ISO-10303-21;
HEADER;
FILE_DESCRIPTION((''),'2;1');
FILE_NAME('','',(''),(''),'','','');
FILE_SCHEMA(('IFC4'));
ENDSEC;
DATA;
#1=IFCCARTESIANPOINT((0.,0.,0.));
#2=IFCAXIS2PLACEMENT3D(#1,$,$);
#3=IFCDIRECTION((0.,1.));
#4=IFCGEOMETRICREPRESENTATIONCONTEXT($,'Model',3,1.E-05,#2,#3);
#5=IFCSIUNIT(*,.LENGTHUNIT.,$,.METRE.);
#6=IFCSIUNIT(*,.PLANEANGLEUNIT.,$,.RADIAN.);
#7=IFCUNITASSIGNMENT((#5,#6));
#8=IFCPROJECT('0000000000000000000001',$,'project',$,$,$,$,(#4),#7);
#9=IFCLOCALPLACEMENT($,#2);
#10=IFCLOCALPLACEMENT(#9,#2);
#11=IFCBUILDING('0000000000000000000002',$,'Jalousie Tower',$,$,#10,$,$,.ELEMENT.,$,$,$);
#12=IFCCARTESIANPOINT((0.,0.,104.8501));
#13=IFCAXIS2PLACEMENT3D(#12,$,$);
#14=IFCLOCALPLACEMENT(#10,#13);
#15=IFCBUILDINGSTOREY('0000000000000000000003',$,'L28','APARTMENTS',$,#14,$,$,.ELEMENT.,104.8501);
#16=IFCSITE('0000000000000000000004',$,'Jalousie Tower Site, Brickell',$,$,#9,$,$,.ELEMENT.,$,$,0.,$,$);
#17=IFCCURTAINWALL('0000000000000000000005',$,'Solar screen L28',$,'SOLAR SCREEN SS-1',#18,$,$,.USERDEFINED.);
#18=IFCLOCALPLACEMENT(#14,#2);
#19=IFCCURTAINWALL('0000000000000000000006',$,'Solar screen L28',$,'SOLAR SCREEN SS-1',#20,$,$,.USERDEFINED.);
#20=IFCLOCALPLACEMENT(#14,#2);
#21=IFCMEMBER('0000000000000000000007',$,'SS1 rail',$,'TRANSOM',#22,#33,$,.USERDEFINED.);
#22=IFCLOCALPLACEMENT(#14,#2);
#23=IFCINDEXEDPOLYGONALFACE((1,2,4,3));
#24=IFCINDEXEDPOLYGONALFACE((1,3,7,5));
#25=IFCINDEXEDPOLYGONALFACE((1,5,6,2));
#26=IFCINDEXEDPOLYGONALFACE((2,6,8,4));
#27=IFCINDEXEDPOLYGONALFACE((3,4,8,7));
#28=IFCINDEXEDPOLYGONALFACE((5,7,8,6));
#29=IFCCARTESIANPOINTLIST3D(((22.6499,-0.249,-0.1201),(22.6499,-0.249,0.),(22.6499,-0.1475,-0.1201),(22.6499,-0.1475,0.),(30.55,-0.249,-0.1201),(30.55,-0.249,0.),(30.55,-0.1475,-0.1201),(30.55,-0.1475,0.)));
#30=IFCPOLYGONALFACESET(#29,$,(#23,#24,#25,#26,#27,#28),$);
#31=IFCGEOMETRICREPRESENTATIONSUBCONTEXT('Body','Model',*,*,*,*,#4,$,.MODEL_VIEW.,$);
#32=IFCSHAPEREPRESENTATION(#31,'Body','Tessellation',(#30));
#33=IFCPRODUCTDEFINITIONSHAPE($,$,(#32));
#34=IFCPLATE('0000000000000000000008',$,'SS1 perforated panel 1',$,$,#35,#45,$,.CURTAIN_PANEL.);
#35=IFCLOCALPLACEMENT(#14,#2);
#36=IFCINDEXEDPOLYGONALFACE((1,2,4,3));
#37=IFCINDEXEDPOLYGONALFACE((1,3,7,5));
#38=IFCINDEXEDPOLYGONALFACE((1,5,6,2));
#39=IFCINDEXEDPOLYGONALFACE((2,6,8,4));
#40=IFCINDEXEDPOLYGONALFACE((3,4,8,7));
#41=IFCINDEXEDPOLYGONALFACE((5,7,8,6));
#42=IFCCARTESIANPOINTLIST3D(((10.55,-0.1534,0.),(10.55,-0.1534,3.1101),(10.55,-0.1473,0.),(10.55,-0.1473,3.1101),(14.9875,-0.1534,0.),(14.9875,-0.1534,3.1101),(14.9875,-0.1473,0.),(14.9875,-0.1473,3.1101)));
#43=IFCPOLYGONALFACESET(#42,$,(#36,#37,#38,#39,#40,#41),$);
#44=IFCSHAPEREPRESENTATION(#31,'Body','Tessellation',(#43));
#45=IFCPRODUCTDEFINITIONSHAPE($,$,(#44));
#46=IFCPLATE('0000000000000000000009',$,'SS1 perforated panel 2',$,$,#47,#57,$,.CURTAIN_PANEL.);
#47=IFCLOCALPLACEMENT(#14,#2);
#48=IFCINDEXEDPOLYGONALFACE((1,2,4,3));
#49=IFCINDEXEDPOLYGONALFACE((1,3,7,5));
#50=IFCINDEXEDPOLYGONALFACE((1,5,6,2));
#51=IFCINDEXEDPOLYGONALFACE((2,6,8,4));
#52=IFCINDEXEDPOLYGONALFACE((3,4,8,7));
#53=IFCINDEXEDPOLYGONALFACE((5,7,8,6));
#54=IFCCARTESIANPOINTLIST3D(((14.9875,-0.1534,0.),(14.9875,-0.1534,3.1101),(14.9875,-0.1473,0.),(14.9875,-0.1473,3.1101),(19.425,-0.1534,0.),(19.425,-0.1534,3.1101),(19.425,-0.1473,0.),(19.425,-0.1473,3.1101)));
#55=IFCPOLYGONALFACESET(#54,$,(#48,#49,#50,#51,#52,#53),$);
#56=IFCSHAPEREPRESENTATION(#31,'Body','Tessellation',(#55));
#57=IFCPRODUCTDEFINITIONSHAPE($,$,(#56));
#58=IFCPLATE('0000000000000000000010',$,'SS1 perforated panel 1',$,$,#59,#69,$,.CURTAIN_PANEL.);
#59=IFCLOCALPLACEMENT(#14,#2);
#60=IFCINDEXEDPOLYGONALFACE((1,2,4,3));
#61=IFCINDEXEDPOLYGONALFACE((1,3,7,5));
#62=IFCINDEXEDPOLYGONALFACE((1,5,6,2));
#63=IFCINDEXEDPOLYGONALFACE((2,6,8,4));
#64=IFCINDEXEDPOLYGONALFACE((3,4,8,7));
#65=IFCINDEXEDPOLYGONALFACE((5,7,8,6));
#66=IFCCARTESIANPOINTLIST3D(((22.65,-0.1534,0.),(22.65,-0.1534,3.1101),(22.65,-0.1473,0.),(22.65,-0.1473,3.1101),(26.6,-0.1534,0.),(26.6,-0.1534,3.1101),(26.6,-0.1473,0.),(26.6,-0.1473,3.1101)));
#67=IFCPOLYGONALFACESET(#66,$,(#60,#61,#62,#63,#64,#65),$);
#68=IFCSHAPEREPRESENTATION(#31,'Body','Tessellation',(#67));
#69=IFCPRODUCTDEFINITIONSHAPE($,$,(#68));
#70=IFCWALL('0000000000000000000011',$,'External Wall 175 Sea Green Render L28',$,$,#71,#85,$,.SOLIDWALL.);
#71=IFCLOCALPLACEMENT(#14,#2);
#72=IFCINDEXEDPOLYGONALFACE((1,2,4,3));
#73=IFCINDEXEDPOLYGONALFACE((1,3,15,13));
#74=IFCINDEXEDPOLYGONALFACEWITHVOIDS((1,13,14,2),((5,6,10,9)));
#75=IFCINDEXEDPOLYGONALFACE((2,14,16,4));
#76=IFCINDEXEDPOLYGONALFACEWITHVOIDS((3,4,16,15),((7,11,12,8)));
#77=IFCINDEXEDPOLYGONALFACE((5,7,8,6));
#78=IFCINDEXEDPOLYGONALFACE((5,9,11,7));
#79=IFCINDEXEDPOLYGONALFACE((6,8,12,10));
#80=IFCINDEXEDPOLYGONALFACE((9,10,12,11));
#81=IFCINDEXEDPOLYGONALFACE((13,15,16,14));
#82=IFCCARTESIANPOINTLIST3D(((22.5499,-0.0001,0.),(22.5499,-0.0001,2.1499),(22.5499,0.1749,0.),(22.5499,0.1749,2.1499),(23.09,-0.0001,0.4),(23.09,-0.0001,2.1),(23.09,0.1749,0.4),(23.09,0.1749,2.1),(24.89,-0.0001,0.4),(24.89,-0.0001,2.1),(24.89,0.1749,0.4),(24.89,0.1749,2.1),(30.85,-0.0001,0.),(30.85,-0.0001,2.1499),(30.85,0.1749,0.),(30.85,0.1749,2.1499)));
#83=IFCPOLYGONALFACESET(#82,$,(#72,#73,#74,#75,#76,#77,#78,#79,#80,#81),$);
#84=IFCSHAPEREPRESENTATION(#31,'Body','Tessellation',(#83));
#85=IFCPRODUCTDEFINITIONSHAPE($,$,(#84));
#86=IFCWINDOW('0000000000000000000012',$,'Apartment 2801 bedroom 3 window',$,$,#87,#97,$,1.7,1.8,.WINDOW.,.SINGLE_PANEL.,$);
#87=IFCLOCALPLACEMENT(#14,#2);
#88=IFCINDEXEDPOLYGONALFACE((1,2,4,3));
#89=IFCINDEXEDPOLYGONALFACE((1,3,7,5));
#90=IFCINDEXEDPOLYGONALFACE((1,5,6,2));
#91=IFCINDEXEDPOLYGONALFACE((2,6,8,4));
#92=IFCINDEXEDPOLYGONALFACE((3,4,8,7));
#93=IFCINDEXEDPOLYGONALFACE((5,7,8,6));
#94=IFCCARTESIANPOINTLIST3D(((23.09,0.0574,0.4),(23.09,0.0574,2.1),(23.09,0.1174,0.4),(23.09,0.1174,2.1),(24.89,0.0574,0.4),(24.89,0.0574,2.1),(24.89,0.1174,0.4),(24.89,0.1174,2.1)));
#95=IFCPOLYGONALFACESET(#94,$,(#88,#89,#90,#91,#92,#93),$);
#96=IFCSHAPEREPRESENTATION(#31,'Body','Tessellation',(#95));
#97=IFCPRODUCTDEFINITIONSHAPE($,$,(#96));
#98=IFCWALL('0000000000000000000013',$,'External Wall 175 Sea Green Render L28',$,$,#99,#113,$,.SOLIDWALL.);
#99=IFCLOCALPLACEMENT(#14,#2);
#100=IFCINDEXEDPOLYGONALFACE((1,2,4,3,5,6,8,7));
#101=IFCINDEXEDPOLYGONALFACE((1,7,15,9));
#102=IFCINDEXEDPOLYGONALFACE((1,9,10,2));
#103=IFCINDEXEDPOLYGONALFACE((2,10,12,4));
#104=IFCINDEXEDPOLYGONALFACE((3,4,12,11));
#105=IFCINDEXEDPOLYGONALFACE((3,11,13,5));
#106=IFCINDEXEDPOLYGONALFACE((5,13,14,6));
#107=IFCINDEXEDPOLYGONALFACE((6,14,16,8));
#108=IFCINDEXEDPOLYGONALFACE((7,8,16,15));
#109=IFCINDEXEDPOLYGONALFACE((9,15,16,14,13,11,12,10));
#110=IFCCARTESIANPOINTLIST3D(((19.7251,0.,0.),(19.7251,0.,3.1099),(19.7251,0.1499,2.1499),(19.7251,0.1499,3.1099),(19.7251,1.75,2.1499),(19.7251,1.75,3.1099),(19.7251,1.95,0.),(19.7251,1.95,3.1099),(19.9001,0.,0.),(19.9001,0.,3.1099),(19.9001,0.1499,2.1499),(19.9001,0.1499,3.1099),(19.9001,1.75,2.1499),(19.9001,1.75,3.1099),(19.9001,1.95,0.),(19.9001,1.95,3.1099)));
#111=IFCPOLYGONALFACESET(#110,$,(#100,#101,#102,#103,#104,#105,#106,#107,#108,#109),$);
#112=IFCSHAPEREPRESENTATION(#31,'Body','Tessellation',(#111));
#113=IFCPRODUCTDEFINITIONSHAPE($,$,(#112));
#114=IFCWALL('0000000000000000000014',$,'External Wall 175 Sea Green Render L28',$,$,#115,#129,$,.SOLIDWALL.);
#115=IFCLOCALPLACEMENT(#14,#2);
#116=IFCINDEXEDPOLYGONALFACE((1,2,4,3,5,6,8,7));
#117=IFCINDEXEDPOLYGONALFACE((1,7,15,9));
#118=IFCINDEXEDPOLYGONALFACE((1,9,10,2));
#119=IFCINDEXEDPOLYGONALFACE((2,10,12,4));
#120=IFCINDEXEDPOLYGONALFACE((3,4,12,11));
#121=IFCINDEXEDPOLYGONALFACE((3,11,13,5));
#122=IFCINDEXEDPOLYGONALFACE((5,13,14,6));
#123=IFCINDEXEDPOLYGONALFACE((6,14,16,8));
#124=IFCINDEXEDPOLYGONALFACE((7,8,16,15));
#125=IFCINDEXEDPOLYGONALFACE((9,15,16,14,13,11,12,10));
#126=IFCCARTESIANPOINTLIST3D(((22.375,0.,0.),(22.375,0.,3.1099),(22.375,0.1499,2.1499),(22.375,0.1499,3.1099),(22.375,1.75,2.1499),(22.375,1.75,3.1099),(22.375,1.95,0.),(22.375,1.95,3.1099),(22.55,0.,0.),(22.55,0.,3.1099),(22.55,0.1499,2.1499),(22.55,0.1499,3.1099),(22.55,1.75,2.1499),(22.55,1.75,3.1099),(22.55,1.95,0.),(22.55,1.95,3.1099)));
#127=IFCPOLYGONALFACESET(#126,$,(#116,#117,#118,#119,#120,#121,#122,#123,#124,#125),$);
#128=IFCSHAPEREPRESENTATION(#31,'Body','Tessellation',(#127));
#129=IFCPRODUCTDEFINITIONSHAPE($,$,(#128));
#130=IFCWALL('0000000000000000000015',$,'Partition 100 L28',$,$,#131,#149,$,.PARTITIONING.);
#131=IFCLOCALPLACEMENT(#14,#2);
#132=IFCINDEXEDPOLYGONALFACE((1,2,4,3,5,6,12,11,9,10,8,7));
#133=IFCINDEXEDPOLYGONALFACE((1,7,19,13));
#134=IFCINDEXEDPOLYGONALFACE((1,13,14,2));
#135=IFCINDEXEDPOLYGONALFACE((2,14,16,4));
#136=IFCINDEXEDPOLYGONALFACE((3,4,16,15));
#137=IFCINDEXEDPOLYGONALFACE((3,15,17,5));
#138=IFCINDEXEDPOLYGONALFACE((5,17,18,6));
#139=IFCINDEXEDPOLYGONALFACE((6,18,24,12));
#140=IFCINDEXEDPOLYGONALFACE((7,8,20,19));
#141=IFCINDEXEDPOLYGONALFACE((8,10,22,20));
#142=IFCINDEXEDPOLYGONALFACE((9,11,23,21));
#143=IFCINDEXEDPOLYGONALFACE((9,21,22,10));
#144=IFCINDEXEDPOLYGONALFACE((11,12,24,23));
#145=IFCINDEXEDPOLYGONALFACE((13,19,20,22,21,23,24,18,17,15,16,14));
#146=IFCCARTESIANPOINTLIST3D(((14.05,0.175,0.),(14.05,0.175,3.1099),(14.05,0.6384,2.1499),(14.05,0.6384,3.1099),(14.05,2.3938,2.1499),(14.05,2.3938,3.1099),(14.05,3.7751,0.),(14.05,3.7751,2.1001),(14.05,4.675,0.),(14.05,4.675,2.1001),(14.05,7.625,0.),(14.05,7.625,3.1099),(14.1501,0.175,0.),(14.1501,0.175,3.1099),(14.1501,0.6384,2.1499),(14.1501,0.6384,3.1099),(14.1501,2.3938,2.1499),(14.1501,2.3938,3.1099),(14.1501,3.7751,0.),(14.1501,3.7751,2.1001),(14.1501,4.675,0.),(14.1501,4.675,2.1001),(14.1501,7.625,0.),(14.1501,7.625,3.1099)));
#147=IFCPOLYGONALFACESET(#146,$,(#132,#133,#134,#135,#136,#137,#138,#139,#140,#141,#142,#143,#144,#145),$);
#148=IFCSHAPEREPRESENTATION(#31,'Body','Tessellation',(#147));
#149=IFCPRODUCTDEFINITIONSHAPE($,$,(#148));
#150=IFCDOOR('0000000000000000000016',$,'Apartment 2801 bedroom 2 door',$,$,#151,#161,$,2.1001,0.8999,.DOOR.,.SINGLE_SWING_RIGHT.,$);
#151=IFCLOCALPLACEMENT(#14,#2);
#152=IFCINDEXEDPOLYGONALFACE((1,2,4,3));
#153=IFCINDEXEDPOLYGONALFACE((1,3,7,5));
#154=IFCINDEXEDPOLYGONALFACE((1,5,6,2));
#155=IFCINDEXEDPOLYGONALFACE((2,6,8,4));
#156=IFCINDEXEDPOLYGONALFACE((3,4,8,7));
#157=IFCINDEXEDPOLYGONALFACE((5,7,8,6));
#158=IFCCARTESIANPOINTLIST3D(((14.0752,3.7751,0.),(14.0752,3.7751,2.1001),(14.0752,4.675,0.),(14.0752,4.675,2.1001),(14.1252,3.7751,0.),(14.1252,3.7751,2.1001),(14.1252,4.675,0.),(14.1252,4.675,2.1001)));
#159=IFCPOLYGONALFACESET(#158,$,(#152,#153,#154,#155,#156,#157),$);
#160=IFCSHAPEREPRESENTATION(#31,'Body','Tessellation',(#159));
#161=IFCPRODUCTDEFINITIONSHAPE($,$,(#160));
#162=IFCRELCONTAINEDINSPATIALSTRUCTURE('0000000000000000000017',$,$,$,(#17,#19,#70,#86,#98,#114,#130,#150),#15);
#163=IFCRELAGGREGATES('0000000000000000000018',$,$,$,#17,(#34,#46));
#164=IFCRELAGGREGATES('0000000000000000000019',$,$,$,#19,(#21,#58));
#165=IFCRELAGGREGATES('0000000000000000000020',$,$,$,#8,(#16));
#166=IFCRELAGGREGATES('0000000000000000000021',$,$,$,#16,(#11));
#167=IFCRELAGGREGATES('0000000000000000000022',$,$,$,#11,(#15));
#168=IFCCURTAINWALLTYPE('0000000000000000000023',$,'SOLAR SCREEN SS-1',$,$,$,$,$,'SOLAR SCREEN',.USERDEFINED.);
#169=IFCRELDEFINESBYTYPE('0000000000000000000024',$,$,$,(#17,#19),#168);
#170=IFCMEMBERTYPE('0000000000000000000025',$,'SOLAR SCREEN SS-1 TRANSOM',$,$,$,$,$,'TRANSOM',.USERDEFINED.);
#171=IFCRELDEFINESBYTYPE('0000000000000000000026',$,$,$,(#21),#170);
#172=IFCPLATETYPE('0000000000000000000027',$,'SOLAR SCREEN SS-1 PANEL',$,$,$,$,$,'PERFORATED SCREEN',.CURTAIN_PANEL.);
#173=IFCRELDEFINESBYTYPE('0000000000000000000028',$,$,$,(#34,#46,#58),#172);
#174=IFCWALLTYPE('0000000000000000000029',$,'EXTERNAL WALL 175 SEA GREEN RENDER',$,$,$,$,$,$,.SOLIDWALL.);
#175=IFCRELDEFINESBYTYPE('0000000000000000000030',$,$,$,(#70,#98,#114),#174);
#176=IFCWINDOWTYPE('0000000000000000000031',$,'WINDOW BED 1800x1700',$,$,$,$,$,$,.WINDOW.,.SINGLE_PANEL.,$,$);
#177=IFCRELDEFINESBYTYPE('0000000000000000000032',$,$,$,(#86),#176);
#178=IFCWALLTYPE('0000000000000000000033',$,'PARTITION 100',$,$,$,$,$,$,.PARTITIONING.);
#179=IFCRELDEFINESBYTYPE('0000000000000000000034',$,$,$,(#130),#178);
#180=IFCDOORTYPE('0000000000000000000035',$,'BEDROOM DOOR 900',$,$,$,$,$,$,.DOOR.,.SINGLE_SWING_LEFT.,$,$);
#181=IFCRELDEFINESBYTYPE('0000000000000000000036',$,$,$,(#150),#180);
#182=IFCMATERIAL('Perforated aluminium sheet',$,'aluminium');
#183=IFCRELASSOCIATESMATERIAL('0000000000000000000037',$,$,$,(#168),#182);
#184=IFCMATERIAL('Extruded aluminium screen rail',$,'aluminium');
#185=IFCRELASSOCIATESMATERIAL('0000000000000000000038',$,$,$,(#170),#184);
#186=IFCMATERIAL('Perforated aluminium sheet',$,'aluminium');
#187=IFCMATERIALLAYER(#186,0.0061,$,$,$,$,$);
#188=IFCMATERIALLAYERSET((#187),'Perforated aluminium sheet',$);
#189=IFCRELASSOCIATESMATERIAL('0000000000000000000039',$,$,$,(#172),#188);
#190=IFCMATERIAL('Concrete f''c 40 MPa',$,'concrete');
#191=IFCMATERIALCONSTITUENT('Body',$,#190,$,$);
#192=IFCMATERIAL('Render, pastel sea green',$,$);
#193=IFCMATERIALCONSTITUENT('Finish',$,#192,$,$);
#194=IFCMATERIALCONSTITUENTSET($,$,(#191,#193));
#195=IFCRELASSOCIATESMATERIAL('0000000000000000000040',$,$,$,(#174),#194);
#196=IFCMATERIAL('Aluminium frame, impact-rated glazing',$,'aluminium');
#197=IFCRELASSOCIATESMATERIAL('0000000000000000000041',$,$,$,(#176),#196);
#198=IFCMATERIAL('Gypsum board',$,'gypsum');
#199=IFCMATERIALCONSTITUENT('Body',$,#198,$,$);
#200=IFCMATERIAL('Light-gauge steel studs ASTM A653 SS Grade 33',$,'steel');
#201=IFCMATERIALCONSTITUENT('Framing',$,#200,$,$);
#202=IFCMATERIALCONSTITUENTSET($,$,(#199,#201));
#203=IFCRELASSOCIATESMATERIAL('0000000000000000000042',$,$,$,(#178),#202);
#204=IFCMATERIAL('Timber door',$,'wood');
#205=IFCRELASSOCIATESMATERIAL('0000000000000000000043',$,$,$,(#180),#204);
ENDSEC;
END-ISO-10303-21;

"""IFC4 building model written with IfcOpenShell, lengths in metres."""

from ifc_helpers import new_model, si_unit, direction, frame, frame_2d, origin, origin_2d, place, context, subcontext, project, spatial, polyline, rectangle, outline, extrude, material, layer, layer_set, constituent, constituent_set, material_profile, profile_set, type_object, element, fill, aggregate, save


model = new_model("IFC4")

# Units and contexts
model_context = context("Model", 3, precision=1e-05, world=origin(), true_north=direction((0.0, 1.0)))
body_context = subcontext(model_context, "Body", "Model", "MODEL_VIEW")
ifc_project = project(units=[si_unit("LENGTHUNIT", "METRE"), si_unit("PLANEANGLEUNIT", "RADIAN")], contexts=[model_context])

# Site, building, storey
site_placement = place(None, origin())
site = spatial("IfcSite", under=ifc_project, at=site_placement, Name="Jalousie Tower Site, Brickell", CompositionType="ELEMENT", RefElevation=0.0)
building_placement = place(site_placement, origin())
building = spatial("IfcBuilding", under=site, at=building_placement, Name="Jalousie Tower", CompositionType="ELEMENT")
storey_placement = place(building_placement, frame((0.0, 0.0, 104.8501)))
storey = spatial("IfcBuildingStorey", under=building, at=storey_placement, Name="L28", Description="APARTMENTS", CompositionType="ELEMENT", Elevation=104.8501)

# Curtain walls, member
ifc_material_1 = material(Name="Perforated aluminium sheet", Category="aluminium")
curtain_wall_type = type_object("IfcCurtainWallType", Name="SOLAR SCREEN SS-1", ElementType="SOLAR SCREEN", PredefinedType="USERDEFINED", material=ifc_material_1)
curtain_wall_1_placement = place(storey_placement, origin())
curtain_wall_1 = element("IfcCurtainWall", 1, at=curtain_wall_1_placement, inside=storey, type_object=curtain_wall_type, Name="Solar screen L28", ObjectType="SOLAR SCREEN SS-1", PredefinedType="USERDEFINED")
curtain_wall_2_placement = place(storey_placement, origin())
curtain_wall_2 = element("IfcCurtainWall", 2, at=curtain_wall_2_placement, inside=storey, type_object=curtain_wall_type, Name="Solar screen L28", ObjectType="SOLAR SCREEN SS-1", PredefinedType="USERDEFINED")
ifc_material_2 = material(Name="Extruded aluminium screen rail", Category="aluminium")
ifc_material_profile_1 = material_profile(ifc_material_2, rectangle(XDim=0.1016, YDim=0.1201, at=origin_2d()), Name="RAIL 102x120")
ifc_profile_set_1 = profile_set([ifc_material_profile_1], Name="Extruded aluminium screen rail")
member_type_1 = type_object("IfcMemberType", Name="SOLAR SCREEN SS-1 TRANSOM", ElementType="TRANSOM", PredefinedType="USERDEFINED", material=ifc_profile_set_1)
member_1_placement = place(storey_placement, frame((22.6499, -0.1982, -0.0601), z_axis=(1.0, 0.0, 0.0), x_axis=(0.0, 1.0, 0.0)))
member_1 = element("IfcMember", 3, at=member_1_placement, type_object=member_type_1, Name="SS1 rail", ObjectType="TRANSOM", PredefinedType="USERDEFINED", context=body_context, shape_type="SweptSolid", body=[
    extrude(rectangle(XDim=0.1016, YDim=0.1201, at=origin_2d()), origin(), (0.0, 0.0, 1.0), 7.9001),
])

# Plates
ifc_material_3 = material(Name="Perforated aluminium sheet", Category="aluminium")
ifc_layer_1 = layer(ifc_material_3, 0.0061)
ifc_layer_set_1 = layer_set([ifc_layer_1], Name="Perforated aluminium sheet")
plate_type = type_object("IfcPlateType", Name="SOLAR SCREEN SS-1 PANEL", ElementType="PERFORATED SCREEN", PredefinedType="CURTAIN_PANEL", material=ifc_layer_set_1)
plate_1_placement = place(storey_placement, frame((12.7688, -0.1504, 0.0), z_axis=(0.0, 0.0, 1.0), x_axis=(1.0, 0.0, 0.0)))
plate_1 = element("IfcPlate", 4, at=plate_1_placement, type_object=plate_type, Name="SS1 perforated panel 1", PredefinedType="CURTAIN_PANEL", context=body_context, shape_type="SweptSolid", body=[
    extrude(rectangle(XDim=4.4375, YDim=0.0061, at=origin_2d()), origin(), (0.0, 0.0, 1.0), 3.1101),
])
plate_2_placement = place(storey_placement, frame((17.2063, -0.1504, 0.0), z_axis=(0.0, 0.0, 1.0), x_axis=(1.0, 0.0, 0.0)))
plate_2 = element("IfcPlate", 5, at=plate_2_placement, type_object=plate_type, Name="SS1 perforated panel 2", PredefinedType="CURTAIN_PANEL", context=body_context, shape_type="SweptSolid", body=[
    extrude(rectangle(XDim=4.4375, YDim=0.0061, at=origin_2d()), origin(), (0.0, 0.0, 1.0), 3.1101),
])
aggregate(curtain_wall_1, [plate_1, plate_2])
plate_3_placement = place(storey_placement, frame((24.625, -0.1504, 0.0), z_axis=(0.0, 0.0, 1.0), x_axis=(1.0, 0.0, 0.0)))
plate_3 = element("IfcPlate", 6, at=plate_3_placement, type_object=plate_type, Name="SS1 perforated panel 1", PredefinedType="CURTAIN_PANEL", context=body_context, shape_type="SweptSolid", body=[
    extrude(rectangle(XDim=3.95, YDim=0.0061, at=origin_2d()), origin(), (0.0, 0.0, 1.0), 3.1101),
])
aggregate(curtain_wall_2, [member_1, plate_3])

# Wall, opening, window
ifc_material_4 = material(Name="Concrete f'c 40 MPa", Category="concrete")
ifc_constituent_1 = constituent(ifc_material_4, Name="Body")
ifc_material_5 = material(Name="Render, pastel sea green")
ifc_constituent_2 = constituent(ifc_material_5, Name="Finish")
ifc_constituent_set_1 = constituent_set(constituents=[ifc_constituent_1, ifc_constituent_2])
wall_type_1 = type_object("IfcWallType", Name="EXTERNAL WALL 175 SEA GREEN RENDER", PredefinedType="SOLIDWALL", material=ifc_constituent_set_1)
wall_1_placement = place(storey_placement, frame((22.55, 0.0874, 0.0), z_axis=(0.0, 0.0, 1.0), x_axis=(1.0, 0.0, 0.0)))
wall_1 = element("IfcWall", 7, at=wall_1_placement, inside=storey, type_object=wall_type_1, Name="External Wall 175 Sea Green Render L28", PredefinedType="SOLIDWALL", context=body_context, shape_type="SweptSolid", body=[
    extrude(rectangle(XDim=8.3, YDim=0.175, at=frame_2d((4.1499, 0.0))), origin(), (0.0, 0.0, 1.0), 2.1499),
])
opening_1_placement = place(wall_1_placement, frame((0.54, 0.0, 0.3999)))
opening_1 = element("IfcOpeningElement", 8, at=opening_1_placement, cuts=wall_1, PredefinedType="OPENING", context=body_context, shape_type="SweptSolid", body=[
    extrude(rectangle(XDim=1.8, YDim=1.7, at=frame_2d((0.8999, 0.8501))), frame((0.0, 0.0974, 0.0), z_axis=(0.0, -1.0, 0.0), x_axis=(1.0, 0.0, 0.0)), (0.0, 0.0, 1.0), 0.1951),
])
ifc_material_6 = material(Name="Aluminium frame, impact-rated glazing", Category="aluminium")
window_type = type_object("IfcWindowType", Name="WINDOW BED 1800x1700", PartitioningType="SINGLE_PANEL", PredefinedType="WINDOW", material=ifc_material_6)
window_placement = place(opening_1_placement, origin())
window = element("IfcWindow", 9, at=window_placement, inside=storey, type_object=window_type, Name="Apartment 2801 bedroom 3 window", OverallHeight=1.7, OverallWidth=1.8, PartitioningType="SINGLE_PANEL", PredefinedType="WINDOW", context=body_context, shape_type="SweptSolid", body=[
    extrude(rectangle(XDim=1.8, YDim=1.7, at=frame_2d((0.8999, 0.8501))), frame((0.0, 0.03, 0.0), z_axis=(0.0, -1.0, 0.0), x_axis=(1.0, 0.0, 0.0)), (0.0, 0.0, 1.0), 0.0601),
])
fill(opening_1, window)

# Walls
for number, where, z_axis, x_axis, name in (
    (10, (19.8125, 0.0, 0.0), (0.0, 0.0, 1.0), (0.0, 1.0, 0.0), "External Wall 175 Sea Green Render L28"),
    (11, (22.4624, 0.0, 0.0), (0.0, 0.0, 1.0), (0.0, 1.0, 0.0), "External Wall 175 Sea Green Render L28"),
):
    element("IfcWall", number, at=place(storey_placement, frame(where, z_axis=z_axis, x_axis=x_axis)), inside=storey, type_object=wall_type_1, Name=name, PredefinedType="SOLIDWALL", context=body_context, shape_type="SweptSolid", body=[
        extrude(outline(polyline([(0.0, 0.0), (1.95, 0.0), (1.95, 3.1099), (1.75, 3.1099), (1.75, 2.1499), (0.1499, 2.1499), (0.1499, 3.1099), (0.0, 3.1099), (0.0, 0.0)])), frame((0.0, 0.0874, 0.0), z_axis=(0.0, -1.0, 0.0), x_axis=(1.0, 0.0, 0.0)), (0.0, 0.0, 1.0), 0.175),
    ])

# Wall, opening, door
ifc_material_7 = material(Name="Gypsum board", Category="gypsum")
ifc_constituent_3 = constituent(ifc_material_7, Name="Body")
ifc_material_8 = material(Name="Light-gauge steel studs ASTM A653 SS Grade 33", Category="steel")
ifc_constituent_4 = constituent(ifc_material_8, Name="Framing")
ifc_constituent_set_2 = constituent_set(constituents=[ifc_constituent_3, ifc_constituent_4])
wall_type_2 = type_object("IfcWallType", Name="PARTITION 100", PredefinedType="PARTITIONING", material=ifc_constituent_set_2)
wall_2_placement = place(storey_placement, frame((14.1001, 0.175, 0.0), z_axis=(0.0, 0.0, 1.0), x_axis=(0.0, 1.0, 0.0)))
wall_2 = element("IfcWall", 12, at=wall_2_placement, inside=storey, type_object=wall_type_2, Name="Partition 100 L28", PredefinedType="PARTITIONING", context=body_context, shape_type="SweptSolid", body=[
    extrude(outline(polyline([(0.0, 0.0), (7.45, 0.0), (7.45, 3.1099), (2.2188, 3.1099), (2.2188, 2.1499), (0.4634, 2.1499), (0.4634, 3.1099), (0.0, 3.1099), (0.0, 0.0)])), frame((0.0, 0.05, 0.0), z_axis=(0.0, -1.0, 0.0), x_axis=(1.0, 0.0, 0.0)), (0.0, 0.0, 1.0), 0.1001),
])
opening_2_placement = place(wall_2_placement, frame((3.6001, 0.0, 0.0)))
opening_2 = element("IfcOpeningElement", 13, at=opening_2_placement, cuts=wall_2, PredefinedType="OPENING", context=body_context, shape_type="SweptSolid", body=[
    extrude(rectangle(XDim=0.8999, YDim=2.1001, at=frame_2d((0.45, 1.05))), frame((0.0, 0.0601, 0.0), z_axis=(0.0, -1.0, 0.0), x_axis=(1.0, 0.0, 0.0)), (0.0, 0.0, 1.0), 0.1201),
])
ifc_material_9 = material(Name="Timber door", Category="wood")
door_type_1 = type_object("IfcDoorType", Name="BEDROOM DOOR 900", OperationType="SINGLE_SWING_LEFT", PredefinedType="DOOR", material=ifc_material_9)
door_1_placement = place(opening_2_placement, origin())
door_1 = element("IfcDoor", 14, at=door_1_placement, inside=storey, type_object=door_type_1, Name="Apartment 2801 bedroom 2 door", OperationType="SINGLE_SWING_RIGHT", OverallHeight=2.1001, OverallWidth=0.8999, PredefinedType="DOOR", context=body_context, shape_type="SweptSolid", body=[
    extrude(rectangle(XDim=0.8999, YDim=2.1001, at=frame_2d((0.45, 1.05))), frame((0.0, 0.0249, 0.0), z_axis=(0.0, -1.0, 0.0), x_axis=(1.0, 0.0, 0.0)), (0.0, 0.0, 1.0), 0.05),
])
fill(opening_2, door_1)

save(model, "model.ifc")
